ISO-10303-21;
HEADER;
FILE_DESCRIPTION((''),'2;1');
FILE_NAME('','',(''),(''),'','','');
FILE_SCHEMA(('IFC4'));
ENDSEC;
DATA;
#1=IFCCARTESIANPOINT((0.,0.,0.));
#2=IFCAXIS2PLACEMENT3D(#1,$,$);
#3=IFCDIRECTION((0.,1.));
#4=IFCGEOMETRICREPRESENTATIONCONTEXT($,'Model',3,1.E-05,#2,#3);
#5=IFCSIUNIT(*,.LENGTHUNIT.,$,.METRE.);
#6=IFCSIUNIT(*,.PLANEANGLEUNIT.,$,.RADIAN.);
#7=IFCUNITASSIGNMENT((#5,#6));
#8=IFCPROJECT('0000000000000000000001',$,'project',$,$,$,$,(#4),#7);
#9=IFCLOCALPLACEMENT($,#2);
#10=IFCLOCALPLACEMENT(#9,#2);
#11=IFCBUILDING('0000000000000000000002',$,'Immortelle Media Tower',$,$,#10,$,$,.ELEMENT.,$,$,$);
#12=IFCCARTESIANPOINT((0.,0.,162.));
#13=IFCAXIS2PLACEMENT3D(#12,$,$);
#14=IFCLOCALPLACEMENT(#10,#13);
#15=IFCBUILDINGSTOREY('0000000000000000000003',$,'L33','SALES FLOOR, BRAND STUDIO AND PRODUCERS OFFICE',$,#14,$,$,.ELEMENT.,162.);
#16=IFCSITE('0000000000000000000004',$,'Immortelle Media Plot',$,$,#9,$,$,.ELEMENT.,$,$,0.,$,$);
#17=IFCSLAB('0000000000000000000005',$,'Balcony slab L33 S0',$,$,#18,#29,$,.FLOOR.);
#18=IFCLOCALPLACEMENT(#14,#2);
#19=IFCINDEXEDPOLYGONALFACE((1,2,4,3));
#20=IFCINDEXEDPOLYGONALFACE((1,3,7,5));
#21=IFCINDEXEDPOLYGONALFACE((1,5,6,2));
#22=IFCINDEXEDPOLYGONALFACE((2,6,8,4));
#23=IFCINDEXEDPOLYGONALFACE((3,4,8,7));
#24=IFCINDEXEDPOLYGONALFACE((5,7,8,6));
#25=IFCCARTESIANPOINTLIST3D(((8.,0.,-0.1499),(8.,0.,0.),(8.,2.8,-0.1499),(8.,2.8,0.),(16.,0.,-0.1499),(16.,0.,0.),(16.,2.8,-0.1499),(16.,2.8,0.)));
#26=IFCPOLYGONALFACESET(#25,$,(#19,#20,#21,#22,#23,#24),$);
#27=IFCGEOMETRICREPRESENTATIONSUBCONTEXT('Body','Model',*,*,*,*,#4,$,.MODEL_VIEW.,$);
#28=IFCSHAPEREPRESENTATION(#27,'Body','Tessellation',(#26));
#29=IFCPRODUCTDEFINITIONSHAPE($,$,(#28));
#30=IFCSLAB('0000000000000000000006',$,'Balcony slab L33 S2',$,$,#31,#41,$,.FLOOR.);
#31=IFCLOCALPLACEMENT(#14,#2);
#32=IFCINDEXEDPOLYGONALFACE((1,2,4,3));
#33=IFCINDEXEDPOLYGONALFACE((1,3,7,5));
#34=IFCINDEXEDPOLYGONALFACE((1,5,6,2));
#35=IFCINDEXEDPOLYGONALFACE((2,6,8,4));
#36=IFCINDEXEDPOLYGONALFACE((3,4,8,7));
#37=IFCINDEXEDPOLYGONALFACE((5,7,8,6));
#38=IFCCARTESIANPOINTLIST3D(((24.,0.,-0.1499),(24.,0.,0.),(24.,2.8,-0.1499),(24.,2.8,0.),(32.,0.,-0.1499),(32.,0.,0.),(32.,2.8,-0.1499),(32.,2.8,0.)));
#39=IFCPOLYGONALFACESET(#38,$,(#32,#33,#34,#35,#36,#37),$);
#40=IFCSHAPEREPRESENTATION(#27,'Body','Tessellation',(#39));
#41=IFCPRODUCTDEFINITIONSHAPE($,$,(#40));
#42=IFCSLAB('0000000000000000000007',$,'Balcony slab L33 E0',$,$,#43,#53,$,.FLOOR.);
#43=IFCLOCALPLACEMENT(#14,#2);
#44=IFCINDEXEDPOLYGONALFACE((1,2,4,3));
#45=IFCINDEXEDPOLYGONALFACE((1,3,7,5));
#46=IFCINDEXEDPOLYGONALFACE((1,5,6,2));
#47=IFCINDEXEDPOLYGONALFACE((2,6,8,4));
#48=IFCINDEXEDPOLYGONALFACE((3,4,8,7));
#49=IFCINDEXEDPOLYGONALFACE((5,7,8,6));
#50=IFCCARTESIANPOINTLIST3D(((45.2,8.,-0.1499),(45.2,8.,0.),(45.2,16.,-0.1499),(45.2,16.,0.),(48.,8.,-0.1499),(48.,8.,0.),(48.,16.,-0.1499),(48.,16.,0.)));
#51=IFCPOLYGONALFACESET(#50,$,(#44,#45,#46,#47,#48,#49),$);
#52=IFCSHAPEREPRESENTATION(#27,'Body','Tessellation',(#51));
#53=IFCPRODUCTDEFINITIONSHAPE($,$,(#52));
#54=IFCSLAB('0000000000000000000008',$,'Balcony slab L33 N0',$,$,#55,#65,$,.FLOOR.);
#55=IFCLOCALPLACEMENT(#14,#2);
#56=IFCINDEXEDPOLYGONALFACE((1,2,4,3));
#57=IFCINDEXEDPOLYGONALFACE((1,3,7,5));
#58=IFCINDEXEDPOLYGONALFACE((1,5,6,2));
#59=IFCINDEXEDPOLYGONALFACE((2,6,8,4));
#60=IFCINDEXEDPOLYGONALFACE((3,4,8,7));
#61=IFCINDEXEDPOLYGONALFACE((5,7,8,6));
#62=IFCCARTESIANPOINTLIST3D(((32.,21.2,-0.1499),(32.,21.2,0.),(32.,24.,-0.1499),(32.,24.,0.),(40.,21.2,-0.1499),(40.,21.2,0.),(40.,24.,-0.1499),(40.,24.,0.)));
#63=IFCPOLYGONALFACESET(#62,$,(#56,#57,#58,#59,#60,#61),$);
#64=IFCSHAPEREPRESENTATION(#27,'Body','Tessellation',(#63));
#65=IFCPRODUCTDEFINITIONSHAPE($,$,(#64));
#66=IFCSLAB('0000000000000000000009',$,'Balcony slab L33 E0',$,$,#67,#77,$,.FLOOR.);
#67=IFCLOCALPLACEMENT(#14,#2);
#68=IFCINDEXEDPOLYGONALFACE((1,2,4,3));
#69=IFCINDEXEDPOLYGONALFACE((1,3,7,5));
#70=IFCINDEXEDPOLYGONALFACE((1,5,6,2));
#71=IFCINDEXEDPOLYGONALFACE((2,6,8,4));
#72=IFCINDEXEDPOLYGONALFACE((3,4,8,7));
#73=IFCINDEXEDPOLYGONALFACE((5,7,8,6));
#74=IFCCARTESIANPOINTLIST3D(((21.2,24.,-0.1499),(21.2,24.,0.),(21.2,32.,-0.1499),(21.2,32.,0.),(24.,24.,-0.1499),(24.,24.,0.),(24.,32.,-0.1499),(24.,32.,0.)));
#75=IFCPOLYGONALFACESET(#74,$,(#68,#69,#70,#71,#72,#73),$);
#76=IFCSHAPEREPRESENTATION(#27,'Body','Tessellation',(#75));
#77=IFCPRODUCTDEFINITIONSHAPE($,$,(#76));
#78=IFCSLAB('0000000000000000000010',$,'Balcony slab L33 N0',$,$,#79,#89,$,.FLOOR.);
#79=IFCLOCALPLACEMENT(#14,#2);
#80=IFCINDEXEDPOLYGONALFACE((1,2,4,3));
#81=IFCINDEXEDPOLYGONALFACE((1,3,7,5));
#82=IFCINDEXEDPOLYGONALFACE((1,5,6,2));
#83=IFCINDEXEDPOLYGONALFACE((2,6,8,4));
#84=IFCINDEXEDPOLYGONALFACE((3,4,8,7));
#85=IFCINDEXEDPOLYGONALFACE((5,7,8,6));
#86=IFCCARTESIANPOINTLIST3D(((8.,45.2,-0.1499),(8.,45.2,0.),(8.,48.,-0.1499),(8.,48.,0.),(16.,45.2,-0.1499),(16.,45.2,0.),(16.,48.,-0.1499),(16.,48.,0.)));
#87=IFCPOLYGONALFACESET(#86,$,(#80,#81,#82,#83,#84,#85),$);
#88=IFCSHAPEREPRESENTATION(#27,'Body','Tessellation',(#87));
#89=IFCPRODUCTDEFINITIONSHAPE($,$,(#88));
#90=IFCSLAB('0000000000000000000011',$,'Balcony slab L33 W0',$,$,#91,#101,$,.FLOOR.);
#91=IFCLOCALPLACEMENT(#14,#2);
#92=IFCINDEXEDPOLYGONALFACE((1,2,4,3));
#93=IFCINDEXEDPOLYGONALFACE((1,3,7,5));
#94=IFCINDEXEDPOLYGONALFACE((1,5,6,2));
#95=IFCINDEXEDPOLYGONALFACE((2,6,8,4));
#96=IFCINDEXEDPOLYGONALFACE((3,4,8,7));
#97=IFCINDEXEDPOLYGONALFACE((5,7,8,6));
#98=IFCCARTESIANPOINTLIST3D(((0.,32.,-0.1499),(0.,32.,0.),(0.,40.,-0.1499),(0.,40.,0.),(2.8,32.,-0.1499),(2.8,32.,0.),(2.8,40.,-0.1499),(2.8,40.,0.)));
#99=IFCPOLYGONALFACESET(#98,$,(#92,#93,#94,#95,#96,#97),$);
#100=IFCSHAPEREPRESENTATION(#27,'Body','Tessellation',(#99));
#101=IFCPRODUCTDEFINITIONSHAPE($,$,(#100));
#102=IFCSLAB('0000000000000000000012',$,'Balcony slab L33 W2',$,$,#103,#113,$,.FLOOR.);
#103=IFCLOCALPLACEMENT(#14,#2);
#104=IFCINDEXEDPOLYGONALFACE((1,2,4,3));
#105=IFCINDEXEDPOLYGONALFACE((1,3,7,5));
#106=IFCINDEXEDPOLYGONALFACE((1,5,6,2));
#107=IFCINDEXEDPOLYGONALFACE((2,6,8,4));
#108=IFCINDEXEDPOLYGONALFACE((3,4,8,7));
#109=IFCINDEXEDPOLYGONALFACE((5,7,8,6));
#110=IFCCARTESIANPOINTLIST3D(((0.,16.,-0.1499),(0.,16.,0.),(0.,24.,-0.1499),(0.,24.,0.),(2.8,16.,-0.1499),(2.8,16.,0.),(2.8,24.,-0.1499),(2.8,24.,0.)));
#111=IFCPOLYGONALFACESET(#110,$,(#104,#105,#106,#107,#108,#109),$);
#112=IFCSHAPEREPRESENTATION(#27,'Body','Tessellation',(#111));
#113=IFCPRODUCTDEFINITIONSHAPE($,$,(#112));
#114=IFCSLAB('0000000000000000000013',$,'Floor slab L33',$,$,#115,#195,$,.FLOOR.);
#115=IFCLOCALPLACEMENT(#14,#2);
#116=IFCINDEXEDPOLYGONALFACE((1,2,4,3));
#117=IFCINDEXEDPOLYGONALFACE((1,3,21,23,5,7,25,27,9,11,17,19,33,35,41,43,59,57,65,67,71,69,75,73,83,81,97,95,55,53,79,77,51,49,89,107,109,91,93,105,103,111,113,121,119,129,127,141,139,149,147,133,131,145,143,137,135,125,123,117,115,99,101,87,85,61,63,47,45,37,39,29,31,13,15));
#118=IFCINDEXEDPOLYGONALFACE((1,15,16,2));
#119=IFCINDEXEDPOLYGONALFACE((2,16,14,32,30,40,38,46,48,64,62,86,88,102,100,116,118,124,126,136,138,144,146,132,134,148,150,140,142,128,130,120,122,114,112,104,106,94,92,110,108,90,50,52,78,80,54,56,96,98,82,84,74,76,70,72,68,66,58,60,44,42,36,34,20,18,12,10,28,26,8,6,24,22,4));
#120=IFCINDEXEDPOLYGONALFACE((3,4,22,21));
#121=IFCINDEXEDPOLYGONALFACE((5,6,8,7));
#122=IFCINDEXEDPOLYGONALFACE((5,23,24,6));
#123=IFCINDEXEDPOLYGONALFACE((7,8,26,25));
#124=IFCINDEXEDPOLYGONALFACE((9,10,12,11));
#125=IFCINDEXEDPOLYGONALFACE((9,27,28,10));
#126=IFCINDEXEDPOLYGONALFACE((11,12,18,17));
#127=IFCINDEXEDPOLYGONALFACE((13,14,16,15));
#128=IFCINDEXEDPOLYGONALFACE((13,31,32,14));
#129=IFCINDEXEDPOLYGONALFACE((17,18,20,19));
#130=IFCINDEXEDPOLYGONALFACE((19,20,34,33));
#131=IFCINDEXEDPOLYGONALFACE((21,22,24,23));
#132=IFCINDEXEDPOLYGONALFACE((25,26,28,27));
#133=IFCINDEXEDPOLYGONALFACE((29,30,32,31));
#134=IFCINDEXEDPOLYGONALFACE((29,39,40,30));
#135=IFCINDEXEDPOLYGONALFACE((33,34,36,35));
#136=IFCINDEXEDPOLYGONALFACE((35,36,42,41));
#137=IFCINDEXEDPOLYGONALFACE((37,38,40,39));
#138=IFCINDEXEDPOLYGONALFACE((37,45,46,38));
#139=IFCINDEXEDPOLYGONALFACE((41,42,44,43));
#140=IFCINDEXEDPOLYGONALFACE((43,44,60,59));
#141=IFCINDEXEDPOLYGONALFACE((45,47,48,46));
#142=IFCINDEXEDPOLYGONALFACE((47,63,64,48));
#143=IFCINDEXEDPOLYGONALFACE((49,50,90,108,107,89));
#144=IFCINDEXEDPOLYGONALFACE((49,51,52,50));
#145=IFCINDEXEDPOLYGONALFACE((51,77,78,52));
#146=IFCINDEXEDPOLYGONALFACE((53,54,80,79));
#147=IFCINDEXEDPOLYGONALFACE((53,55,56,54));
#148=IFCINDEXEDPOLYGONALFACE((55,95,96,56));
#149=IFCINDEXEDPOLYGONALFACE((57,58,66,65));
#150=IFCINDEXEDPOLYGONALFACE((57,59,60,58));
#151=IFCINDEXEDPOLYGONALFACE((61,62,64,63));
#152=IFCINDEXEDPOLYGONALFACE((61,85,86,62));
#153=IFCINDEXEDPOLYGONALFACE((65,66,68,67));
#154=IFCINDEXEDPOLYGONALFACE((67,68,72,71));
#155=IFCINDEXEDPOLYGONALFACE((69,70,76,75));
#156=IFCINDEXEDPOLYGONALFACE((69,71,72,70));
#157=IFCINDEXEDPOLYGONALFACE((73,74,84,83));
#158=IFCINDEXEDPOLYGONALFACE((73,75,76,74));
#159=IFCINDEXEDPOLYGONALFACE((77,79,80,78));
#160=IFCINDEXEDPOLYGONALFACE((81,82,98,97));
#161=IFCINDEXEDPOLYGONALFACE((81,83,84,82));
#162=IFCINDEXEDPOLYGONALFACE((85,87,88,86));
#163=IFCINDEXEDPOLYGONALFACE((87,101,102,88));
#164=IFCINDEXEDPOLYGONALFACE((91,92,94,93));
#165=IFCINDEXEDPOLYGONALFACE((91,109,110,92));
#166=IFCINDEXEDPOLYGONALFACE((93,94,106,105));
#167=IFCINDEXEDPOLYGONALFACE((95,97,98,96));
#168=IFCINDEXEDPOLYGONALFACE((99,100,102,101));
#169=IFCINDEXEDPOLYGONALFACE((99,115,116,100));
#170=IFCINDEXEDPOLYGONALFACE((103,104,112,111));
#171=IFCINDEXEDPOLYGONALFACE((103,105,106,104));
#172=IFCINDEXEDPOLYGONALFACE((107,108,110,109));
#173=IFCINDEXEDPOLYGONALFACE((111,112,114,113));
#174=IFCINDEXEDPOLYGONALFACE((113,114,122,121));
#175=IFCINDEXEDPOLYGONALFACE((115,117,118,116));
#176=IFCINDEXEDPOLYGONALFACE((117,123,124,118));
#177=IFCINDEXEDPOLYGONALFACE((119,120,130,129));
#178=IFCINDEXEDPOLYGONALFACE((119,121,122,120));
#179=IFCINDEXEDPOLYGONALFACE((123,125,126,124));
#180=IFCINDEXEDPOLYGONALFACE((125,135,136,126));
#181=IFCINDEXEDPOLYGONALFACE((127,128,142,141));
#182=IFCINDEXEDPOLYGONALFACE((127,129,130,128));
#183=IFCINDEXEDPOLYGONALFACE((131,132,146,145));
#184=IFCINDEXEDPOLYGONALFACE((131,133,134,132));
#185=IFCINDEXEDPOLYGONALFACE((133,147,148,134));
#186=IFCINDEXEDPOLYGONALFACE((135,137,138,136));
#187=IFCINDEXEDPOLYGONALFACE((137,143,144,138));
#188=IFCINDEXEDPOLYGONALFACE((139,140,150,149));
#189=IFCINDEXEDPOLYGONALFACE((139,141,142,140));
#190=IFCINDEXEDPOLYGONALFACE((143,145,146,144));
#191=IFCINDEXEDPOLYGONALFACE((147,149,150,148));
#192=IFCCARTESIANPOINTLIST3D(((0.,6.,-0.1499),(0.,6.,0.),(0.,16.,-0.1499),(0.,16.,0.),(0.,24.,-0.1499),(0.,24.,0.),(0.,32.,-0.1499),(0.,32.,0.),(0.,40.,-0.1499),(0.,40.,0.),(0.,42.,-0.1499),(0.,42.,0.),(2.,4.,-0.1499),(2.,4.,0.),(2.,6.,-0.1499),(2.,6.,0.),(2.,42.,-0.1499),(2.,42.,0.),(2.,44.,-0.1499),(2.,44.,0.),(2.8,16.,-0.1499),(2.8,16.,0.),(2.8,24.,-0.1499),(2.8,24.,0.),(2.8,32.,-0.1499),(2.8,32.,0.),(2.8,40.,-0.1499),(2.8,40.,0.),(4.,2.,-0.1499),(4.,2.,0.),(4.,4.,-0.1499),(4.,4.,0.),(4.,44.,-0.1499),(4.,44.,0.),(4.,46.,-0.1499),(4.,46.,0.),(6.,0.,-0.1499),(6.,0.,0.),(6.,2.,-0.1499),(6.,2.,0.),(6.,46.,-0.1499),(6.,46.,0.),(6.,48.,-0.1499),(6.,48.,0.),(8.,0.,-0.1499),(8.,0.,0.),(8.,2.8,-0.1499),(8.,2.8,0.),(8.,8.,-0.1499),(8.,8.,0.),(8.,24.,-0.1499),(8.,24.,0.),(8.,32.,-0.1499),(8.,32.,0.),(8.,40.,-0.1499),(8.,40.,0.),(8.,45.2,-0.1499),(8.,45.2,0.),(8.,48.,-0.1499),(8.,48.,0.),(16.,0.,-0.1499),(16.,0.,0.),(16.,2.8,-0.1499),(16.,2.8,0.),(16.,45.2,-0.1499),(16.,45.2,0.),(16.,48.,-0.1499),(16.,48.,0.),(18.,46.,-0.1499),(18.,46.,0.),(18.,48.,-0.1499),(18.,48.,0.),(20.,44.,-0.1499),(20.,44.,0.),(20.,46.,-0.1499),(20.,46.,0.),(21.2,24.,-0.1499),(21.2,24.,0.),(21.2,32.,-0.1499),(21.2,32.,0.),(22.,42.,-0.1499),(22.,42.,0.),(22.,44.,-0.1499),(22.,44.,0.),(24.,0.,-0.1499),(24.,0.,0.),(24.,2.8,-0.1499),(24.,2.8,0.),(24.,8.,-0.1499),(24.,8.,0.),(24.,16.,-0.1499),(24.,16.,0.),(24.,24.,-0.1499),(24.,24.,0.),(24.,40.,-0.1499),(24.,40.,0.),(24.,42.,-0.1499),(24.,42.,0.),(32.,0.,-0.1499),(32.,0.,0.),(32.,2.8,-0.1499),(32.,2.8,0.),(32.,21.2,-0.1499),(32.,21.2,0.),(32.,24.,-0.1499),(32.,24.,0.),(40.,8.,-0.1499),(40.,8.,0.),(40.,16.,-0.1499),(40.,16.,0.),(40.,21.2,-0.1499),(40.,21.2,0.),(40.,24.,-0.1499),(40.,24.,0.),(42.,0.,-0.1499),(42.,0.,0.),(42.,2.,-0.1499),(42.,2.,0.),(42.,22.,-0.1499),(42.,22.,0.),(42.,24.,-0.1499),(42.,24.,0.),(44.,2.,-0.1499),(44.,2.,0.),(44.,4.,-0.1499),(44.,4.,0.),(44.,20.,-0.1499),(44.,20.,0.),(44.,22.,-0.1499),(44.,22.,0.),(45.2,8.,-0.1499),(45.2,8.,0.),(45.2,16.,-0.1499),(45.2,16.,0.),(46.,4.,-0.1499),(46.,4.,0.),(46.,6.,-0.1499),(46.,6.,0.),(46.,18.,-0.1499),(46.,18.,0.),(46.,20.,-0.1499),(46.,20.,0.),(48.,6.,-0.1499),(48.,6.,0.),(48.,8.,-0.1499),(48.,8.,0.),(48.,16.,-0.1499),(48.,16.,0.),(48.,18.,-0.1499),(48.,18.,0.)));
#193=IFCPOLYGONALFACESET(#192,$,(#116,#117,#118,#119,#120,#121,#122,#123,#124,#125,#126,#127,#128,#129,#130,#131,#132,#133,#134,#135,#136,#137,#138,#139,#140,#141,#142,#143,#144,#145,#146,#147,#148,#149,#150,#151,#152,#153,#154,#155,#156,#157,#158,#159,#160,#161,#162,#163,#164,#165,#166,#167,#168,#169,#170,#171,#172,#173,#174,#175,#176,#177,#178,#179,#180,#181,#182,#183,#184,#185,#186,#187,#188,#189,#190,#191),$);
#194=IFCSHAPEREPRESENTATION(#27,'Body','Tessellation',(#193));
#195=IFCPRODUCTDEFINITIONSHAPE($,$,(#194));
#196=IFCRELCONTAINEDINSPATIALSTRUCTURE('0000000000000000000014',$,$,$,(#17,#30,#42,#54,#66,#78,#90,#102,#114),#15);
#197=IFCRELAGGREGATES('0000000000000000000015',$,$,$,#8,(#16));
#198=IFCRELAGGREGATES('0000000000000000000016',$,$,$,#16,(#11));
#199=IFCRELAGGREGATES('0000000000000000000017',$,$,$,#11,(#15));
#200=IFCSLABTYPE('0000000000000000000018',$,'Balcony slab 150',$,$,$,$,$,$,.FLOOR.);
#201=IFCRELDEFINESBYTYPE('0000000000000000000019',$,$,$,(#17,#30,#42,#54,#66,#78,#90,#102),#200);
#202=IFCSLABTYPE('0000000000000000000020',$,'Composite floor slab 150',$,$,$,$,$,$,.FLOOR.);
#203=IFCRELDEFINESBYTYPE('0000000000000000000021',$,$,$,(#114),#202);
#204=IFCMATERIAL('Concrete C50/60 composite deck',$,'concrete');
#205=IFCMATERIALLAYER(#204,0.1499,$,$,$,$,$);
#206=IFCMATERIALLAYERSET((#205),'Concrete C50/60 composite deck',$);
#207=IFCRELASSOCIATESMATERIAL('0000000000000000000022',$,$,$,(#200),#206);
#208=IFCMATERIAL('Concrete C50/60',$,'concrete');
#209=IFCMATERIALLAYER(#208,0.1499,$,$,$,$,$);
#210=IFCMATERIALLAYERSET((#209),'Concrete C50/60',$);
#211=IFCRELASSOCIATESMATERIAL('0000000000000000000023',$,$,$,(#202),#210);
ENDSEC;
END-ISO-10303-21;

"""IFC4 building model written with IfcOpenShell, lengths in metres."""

from ifc_helpers import new_model, si_unit, direction, frame, origin, place, context, subcontext, project, spatial, polyline, outline, extrude, material, layer, layer_set, type_object, element, save


model = new_model("IFC4")

# Units and contexts
model_context = context("Model", 3, precision=1e-05, world=origin(), true_north=direction((0.0, 1.0)))
body_context = subcontext(model_context, "Body", "Model", "MODEL_VIEW")
ifc_project = project(units=[si_unit("LENGTHUNIT", "METRE"), si_unit("PLANEANGLEUNIT", "RADIAN")], contexts=[model_context])

# Site, building, storey
site_placement = place(None, origin())
site = spatial("IfcSite", under=ifc_project, at=site_placement, Name="Immortelle Media Plot", CompositionType="ELEMENT", RefElevation=0.0)
building_placement = place(site_placement, origin())
building = spatial("IfcBuilding", under=site, at=building_placement, Name="Immortelle Media Tower", CompositionType="ELEMENT")
storey_placement = place(building_placement, frame((0.0, 0.0, 162.0)))
storey = spatial("IfcBuildingStorey", under=building, at=storey_placement, Name="L33", Description="SALES FLOOR, BRAND STUDIO AND PRODUCERS OFFICE", CompositionType="ELEMENT", Elevation=162.0)

# Slabs
ifc_material_1 = material(Name="Concrete C50/60 composite deck", Category="concrete")
ifc_layer_1 = layer(ifc_material_1, 0.1499)
ifc_layer_set_1 = layer_set([ifc_layer_1], Name="Concrete C50/60 composite deck")
slab_type_1 = type_object("IfcSlabType", Name="Balcony slab 150", PredefinedType="FLOOR", material=ifc_layer_set_1)
slab_1_placement = place(storey_placement, frame((0.0, 0.0, -0.1499)))
element("IfcSlab", 1, at=slab_1_placement, inside=storey, type_object=slab_type_1, Name="Balcony slab L33 S0", PredefinedType="FLOOR", context=body_context, shape_type="SweptSolid", body=[
    extrude(outline(polyline([(16.0, 0.0), (16.0, 2.8), (8.0, 2.8), (8.0, 0.0), (16.0, 0.0)])), origin(), (0.0, 0.0, 1.0), 0.1499),
])
slab_2_placement = place(storey_placement, frame((0.0, 0.0, -0.1499)))
element("IfcSlab", 2, at=slab_2_placement, inside=storey, type_object=slab_type_1, Name="Balcony slab L33 S2", PredefinedType="FLOOR", context=body_context, shape_type="SweptSolid", body=[
    extrude(outline(polyline([(32.0, 0.0), (32.0, 2.8), (24.0, 2.8), (24.0, 0.0), (32.0, 0.0)])), origin(), (0.0, 0.0, 1.0), 0.1499),
])
slab_3_placement = place(storey_placement, frame((0.0, 0.0, -0.1499)))
element("IfcSlab", 3, at=slab_3_placement, inside=storey, type_object=slab_type_1, Name="Balcony slab L33 E0", PredefinedType="FLOOR", context=body_context, shape_type="SweptSolid", body=[
    extrude(outline(polyline([(48.0, 8.0), (48.0, 16.0), (45.2, 16.0), (45.2, 8.0), (48.0, 8.0)])), origin(), (0.0, 0.0, 1.0), 0.1499),
])
slab_4_placement = place(storey_placement, frame((0.0, 0.0, -0.1499)))
element("IfcSlab", 4, at=slab_4_placement, inside=storey, type_object=slab_type_1, Name="Balcony slab L33 N0", PredefinedType="FLOOR", context=body_context, shape_type="SweptSolid", body=[
    extrude(outline(polyline([(40.0, 21.2), (40.0, 24.0), (32.0, 24.0), (32.0, 21.2), (40.0, 21.2)])), origin(), (0.0, 0.0, 1.0), 0.1499),
])
slab_5_placement = place(storey_placement, frame((0.0, 0.0, -0.1499)))
element("IfcSlab", 5, at=slab_5_placement, inside=storey, type_object=slab_type_1, Name="Balcony slab L33 E0", PredefinedType="FLOOR", context=body_context, shape_type="SweptSolid", body=[
    extrude(outline(polyline([(24.0, 24.0), (24.0, 32.0), (21.2, 32.0), (21.2, 24.0), (24.0, 24.0)])), origin(), (0.0, 0.0, 1.0), 0.1499),
])
slab_6_placement = place(storey_placement, frame((0.0, 0.0, -0.1499)))
element("IfcSlab", 6, at=slab_6_placement, inside=storey, type_object=slab_type_1, Name="Balcony slab L33 N0", PredefinedType="FLOOR", context=body_context, shape_type="SweptSolid", body=[
    extrude(outline(polyline([(16.0, 45.2), (16.0, 48.0), (8.0, 48.0), (8.0, 45.2), (16.0, 45.2)])), origin(), (0.0, 0.0, 1.0), 0.1499),
])
slab_7_placement = place(storey_placement, frame((0.0, 0.0, -0.1499)))
element("IfcSlab", 7, at=slab_7_placement, inside=storey, type_object=slab_type_1, Name="Balcony slab L33 W0", PredefinedType="FLOOR", context=body_context, shape_type="SweptSolid", body=[
    extrude(outline(polyline([(2.8, 32.0), (2.8, 40.0), (0.0, 40.0), (0.0, 32.0), (2.8, 32.0)])), origin(), (0.0, 0.0, 1.0), 0.1499),
])
slab_8_placement = place(storey_placement, frame((0.0, 0.0, -0.1499)))
element("IfcSlab", 8, at=slab_8_placement, inside=storey, type_object=slab_type_1, Name="Balcony slab L33 W2", PredefinedType="FLOOR", context=body_context, shape_type="SweptSolid", body=[
    extrude(outline(polyline([(2.8, 16.0), (2.8, 24.0), (0.0, 24.0), (0.0, 16.0), (2.8, 16.0)])), origin(), (0.0, 0.0, 1.0), 0.1499),
])
ifc_material_2 = material(Name="Concrete C50/60", Category="concrete")
ifc_layer_2 = layer(ifc_material_2, 0.1499)
ifc_layer_set_2 = layer_set([ifc_layer_2], Name="Concrete C50/60")
slab_type_2 = type_object("IfcSlabType", Name="Composite floor slab 150", PredefinedType="FLOOR", material=ifc_layer_set_2)
slab_9_placement = place(storey_placement, frame((0.0, 0.0, -0.1499)))
element("IfcSlab", 9, at=slab_9_placement, inside=storey, type_object=slab_type_2, Name="Floor slab L33", PredefinedType="FLOOR", context=body_context, shape_type="SweptSolid", body=[
    extrude(outline(polyline([(6.0, 0.0), (6.0, 2.0), (4.0, 2.0), (4.0, 4.0), (2.0, 4.0), (2.0, 6.0), (0.0, 6.0), (0.0, 16.0), (2.8, 16.0), (2.8, 24.0), (0.0, 24.0), (0.0, 32.0), (2.8, 32.0), (2.8, 40.0), (0.0, 40.0), (0.0, 42.0), (2.0, 42.0), (2.0, 44.0), (4.0, 44.0), (4.0, 46.0), (6.0, 46.0), (6.0, 48.0), (8.0, 48.0), (8.0, 45.2), (16.0, 45.2), (16.0, 48.0), (18.0, 48.0), (18.0, 46.0), (20.0, 46.0), (20.0, 44.0), (22.0, 44.0), (22.0, 42.0), (24.0, 42.0), (24.0, 40.0), (8.0, 40.0), (8.0, 32.0), (21.2, 32.0), (21.2, 24.0), (8.0, 24.0), (8.0, 8.0), (24.0, 8.0), (40.0, 8.0), (40.0, 16.0), (24.0, 16.0), (24.0, 24.0), (32.0, 24.0), (32.0, 21.2), (40.0, 21.2), (40.0, 24.0), (42.0, 24.0), (42.0, 22.0), (44.0, 22.0), (44.0, 20.0), (46.0, 20.0), (46.0, 18.0), (48.0, 18.0), (48.0, 16.0), (45.2, 16.0), (45.2, 8.0), (48.0, 8.0), (48.0, 6.0), (46.0, 6.0), (46.0, 4.0), (44.0, 4.0), (44.0, 2.0), (42.0, 2.0), (42.0, 0.0), (32.0, 0.0), (32.0, 2.8), (24.0, 2.8), (24.0, 0.0), (16.0, 0.0), (16.0, 2.8), (8.0, 2.8), (8.0, 0.0), (6.0, 0.0)])), origin(), (0.0, 0.0, 1.0), 0.1499),
])

save(model, "model.ifc")
